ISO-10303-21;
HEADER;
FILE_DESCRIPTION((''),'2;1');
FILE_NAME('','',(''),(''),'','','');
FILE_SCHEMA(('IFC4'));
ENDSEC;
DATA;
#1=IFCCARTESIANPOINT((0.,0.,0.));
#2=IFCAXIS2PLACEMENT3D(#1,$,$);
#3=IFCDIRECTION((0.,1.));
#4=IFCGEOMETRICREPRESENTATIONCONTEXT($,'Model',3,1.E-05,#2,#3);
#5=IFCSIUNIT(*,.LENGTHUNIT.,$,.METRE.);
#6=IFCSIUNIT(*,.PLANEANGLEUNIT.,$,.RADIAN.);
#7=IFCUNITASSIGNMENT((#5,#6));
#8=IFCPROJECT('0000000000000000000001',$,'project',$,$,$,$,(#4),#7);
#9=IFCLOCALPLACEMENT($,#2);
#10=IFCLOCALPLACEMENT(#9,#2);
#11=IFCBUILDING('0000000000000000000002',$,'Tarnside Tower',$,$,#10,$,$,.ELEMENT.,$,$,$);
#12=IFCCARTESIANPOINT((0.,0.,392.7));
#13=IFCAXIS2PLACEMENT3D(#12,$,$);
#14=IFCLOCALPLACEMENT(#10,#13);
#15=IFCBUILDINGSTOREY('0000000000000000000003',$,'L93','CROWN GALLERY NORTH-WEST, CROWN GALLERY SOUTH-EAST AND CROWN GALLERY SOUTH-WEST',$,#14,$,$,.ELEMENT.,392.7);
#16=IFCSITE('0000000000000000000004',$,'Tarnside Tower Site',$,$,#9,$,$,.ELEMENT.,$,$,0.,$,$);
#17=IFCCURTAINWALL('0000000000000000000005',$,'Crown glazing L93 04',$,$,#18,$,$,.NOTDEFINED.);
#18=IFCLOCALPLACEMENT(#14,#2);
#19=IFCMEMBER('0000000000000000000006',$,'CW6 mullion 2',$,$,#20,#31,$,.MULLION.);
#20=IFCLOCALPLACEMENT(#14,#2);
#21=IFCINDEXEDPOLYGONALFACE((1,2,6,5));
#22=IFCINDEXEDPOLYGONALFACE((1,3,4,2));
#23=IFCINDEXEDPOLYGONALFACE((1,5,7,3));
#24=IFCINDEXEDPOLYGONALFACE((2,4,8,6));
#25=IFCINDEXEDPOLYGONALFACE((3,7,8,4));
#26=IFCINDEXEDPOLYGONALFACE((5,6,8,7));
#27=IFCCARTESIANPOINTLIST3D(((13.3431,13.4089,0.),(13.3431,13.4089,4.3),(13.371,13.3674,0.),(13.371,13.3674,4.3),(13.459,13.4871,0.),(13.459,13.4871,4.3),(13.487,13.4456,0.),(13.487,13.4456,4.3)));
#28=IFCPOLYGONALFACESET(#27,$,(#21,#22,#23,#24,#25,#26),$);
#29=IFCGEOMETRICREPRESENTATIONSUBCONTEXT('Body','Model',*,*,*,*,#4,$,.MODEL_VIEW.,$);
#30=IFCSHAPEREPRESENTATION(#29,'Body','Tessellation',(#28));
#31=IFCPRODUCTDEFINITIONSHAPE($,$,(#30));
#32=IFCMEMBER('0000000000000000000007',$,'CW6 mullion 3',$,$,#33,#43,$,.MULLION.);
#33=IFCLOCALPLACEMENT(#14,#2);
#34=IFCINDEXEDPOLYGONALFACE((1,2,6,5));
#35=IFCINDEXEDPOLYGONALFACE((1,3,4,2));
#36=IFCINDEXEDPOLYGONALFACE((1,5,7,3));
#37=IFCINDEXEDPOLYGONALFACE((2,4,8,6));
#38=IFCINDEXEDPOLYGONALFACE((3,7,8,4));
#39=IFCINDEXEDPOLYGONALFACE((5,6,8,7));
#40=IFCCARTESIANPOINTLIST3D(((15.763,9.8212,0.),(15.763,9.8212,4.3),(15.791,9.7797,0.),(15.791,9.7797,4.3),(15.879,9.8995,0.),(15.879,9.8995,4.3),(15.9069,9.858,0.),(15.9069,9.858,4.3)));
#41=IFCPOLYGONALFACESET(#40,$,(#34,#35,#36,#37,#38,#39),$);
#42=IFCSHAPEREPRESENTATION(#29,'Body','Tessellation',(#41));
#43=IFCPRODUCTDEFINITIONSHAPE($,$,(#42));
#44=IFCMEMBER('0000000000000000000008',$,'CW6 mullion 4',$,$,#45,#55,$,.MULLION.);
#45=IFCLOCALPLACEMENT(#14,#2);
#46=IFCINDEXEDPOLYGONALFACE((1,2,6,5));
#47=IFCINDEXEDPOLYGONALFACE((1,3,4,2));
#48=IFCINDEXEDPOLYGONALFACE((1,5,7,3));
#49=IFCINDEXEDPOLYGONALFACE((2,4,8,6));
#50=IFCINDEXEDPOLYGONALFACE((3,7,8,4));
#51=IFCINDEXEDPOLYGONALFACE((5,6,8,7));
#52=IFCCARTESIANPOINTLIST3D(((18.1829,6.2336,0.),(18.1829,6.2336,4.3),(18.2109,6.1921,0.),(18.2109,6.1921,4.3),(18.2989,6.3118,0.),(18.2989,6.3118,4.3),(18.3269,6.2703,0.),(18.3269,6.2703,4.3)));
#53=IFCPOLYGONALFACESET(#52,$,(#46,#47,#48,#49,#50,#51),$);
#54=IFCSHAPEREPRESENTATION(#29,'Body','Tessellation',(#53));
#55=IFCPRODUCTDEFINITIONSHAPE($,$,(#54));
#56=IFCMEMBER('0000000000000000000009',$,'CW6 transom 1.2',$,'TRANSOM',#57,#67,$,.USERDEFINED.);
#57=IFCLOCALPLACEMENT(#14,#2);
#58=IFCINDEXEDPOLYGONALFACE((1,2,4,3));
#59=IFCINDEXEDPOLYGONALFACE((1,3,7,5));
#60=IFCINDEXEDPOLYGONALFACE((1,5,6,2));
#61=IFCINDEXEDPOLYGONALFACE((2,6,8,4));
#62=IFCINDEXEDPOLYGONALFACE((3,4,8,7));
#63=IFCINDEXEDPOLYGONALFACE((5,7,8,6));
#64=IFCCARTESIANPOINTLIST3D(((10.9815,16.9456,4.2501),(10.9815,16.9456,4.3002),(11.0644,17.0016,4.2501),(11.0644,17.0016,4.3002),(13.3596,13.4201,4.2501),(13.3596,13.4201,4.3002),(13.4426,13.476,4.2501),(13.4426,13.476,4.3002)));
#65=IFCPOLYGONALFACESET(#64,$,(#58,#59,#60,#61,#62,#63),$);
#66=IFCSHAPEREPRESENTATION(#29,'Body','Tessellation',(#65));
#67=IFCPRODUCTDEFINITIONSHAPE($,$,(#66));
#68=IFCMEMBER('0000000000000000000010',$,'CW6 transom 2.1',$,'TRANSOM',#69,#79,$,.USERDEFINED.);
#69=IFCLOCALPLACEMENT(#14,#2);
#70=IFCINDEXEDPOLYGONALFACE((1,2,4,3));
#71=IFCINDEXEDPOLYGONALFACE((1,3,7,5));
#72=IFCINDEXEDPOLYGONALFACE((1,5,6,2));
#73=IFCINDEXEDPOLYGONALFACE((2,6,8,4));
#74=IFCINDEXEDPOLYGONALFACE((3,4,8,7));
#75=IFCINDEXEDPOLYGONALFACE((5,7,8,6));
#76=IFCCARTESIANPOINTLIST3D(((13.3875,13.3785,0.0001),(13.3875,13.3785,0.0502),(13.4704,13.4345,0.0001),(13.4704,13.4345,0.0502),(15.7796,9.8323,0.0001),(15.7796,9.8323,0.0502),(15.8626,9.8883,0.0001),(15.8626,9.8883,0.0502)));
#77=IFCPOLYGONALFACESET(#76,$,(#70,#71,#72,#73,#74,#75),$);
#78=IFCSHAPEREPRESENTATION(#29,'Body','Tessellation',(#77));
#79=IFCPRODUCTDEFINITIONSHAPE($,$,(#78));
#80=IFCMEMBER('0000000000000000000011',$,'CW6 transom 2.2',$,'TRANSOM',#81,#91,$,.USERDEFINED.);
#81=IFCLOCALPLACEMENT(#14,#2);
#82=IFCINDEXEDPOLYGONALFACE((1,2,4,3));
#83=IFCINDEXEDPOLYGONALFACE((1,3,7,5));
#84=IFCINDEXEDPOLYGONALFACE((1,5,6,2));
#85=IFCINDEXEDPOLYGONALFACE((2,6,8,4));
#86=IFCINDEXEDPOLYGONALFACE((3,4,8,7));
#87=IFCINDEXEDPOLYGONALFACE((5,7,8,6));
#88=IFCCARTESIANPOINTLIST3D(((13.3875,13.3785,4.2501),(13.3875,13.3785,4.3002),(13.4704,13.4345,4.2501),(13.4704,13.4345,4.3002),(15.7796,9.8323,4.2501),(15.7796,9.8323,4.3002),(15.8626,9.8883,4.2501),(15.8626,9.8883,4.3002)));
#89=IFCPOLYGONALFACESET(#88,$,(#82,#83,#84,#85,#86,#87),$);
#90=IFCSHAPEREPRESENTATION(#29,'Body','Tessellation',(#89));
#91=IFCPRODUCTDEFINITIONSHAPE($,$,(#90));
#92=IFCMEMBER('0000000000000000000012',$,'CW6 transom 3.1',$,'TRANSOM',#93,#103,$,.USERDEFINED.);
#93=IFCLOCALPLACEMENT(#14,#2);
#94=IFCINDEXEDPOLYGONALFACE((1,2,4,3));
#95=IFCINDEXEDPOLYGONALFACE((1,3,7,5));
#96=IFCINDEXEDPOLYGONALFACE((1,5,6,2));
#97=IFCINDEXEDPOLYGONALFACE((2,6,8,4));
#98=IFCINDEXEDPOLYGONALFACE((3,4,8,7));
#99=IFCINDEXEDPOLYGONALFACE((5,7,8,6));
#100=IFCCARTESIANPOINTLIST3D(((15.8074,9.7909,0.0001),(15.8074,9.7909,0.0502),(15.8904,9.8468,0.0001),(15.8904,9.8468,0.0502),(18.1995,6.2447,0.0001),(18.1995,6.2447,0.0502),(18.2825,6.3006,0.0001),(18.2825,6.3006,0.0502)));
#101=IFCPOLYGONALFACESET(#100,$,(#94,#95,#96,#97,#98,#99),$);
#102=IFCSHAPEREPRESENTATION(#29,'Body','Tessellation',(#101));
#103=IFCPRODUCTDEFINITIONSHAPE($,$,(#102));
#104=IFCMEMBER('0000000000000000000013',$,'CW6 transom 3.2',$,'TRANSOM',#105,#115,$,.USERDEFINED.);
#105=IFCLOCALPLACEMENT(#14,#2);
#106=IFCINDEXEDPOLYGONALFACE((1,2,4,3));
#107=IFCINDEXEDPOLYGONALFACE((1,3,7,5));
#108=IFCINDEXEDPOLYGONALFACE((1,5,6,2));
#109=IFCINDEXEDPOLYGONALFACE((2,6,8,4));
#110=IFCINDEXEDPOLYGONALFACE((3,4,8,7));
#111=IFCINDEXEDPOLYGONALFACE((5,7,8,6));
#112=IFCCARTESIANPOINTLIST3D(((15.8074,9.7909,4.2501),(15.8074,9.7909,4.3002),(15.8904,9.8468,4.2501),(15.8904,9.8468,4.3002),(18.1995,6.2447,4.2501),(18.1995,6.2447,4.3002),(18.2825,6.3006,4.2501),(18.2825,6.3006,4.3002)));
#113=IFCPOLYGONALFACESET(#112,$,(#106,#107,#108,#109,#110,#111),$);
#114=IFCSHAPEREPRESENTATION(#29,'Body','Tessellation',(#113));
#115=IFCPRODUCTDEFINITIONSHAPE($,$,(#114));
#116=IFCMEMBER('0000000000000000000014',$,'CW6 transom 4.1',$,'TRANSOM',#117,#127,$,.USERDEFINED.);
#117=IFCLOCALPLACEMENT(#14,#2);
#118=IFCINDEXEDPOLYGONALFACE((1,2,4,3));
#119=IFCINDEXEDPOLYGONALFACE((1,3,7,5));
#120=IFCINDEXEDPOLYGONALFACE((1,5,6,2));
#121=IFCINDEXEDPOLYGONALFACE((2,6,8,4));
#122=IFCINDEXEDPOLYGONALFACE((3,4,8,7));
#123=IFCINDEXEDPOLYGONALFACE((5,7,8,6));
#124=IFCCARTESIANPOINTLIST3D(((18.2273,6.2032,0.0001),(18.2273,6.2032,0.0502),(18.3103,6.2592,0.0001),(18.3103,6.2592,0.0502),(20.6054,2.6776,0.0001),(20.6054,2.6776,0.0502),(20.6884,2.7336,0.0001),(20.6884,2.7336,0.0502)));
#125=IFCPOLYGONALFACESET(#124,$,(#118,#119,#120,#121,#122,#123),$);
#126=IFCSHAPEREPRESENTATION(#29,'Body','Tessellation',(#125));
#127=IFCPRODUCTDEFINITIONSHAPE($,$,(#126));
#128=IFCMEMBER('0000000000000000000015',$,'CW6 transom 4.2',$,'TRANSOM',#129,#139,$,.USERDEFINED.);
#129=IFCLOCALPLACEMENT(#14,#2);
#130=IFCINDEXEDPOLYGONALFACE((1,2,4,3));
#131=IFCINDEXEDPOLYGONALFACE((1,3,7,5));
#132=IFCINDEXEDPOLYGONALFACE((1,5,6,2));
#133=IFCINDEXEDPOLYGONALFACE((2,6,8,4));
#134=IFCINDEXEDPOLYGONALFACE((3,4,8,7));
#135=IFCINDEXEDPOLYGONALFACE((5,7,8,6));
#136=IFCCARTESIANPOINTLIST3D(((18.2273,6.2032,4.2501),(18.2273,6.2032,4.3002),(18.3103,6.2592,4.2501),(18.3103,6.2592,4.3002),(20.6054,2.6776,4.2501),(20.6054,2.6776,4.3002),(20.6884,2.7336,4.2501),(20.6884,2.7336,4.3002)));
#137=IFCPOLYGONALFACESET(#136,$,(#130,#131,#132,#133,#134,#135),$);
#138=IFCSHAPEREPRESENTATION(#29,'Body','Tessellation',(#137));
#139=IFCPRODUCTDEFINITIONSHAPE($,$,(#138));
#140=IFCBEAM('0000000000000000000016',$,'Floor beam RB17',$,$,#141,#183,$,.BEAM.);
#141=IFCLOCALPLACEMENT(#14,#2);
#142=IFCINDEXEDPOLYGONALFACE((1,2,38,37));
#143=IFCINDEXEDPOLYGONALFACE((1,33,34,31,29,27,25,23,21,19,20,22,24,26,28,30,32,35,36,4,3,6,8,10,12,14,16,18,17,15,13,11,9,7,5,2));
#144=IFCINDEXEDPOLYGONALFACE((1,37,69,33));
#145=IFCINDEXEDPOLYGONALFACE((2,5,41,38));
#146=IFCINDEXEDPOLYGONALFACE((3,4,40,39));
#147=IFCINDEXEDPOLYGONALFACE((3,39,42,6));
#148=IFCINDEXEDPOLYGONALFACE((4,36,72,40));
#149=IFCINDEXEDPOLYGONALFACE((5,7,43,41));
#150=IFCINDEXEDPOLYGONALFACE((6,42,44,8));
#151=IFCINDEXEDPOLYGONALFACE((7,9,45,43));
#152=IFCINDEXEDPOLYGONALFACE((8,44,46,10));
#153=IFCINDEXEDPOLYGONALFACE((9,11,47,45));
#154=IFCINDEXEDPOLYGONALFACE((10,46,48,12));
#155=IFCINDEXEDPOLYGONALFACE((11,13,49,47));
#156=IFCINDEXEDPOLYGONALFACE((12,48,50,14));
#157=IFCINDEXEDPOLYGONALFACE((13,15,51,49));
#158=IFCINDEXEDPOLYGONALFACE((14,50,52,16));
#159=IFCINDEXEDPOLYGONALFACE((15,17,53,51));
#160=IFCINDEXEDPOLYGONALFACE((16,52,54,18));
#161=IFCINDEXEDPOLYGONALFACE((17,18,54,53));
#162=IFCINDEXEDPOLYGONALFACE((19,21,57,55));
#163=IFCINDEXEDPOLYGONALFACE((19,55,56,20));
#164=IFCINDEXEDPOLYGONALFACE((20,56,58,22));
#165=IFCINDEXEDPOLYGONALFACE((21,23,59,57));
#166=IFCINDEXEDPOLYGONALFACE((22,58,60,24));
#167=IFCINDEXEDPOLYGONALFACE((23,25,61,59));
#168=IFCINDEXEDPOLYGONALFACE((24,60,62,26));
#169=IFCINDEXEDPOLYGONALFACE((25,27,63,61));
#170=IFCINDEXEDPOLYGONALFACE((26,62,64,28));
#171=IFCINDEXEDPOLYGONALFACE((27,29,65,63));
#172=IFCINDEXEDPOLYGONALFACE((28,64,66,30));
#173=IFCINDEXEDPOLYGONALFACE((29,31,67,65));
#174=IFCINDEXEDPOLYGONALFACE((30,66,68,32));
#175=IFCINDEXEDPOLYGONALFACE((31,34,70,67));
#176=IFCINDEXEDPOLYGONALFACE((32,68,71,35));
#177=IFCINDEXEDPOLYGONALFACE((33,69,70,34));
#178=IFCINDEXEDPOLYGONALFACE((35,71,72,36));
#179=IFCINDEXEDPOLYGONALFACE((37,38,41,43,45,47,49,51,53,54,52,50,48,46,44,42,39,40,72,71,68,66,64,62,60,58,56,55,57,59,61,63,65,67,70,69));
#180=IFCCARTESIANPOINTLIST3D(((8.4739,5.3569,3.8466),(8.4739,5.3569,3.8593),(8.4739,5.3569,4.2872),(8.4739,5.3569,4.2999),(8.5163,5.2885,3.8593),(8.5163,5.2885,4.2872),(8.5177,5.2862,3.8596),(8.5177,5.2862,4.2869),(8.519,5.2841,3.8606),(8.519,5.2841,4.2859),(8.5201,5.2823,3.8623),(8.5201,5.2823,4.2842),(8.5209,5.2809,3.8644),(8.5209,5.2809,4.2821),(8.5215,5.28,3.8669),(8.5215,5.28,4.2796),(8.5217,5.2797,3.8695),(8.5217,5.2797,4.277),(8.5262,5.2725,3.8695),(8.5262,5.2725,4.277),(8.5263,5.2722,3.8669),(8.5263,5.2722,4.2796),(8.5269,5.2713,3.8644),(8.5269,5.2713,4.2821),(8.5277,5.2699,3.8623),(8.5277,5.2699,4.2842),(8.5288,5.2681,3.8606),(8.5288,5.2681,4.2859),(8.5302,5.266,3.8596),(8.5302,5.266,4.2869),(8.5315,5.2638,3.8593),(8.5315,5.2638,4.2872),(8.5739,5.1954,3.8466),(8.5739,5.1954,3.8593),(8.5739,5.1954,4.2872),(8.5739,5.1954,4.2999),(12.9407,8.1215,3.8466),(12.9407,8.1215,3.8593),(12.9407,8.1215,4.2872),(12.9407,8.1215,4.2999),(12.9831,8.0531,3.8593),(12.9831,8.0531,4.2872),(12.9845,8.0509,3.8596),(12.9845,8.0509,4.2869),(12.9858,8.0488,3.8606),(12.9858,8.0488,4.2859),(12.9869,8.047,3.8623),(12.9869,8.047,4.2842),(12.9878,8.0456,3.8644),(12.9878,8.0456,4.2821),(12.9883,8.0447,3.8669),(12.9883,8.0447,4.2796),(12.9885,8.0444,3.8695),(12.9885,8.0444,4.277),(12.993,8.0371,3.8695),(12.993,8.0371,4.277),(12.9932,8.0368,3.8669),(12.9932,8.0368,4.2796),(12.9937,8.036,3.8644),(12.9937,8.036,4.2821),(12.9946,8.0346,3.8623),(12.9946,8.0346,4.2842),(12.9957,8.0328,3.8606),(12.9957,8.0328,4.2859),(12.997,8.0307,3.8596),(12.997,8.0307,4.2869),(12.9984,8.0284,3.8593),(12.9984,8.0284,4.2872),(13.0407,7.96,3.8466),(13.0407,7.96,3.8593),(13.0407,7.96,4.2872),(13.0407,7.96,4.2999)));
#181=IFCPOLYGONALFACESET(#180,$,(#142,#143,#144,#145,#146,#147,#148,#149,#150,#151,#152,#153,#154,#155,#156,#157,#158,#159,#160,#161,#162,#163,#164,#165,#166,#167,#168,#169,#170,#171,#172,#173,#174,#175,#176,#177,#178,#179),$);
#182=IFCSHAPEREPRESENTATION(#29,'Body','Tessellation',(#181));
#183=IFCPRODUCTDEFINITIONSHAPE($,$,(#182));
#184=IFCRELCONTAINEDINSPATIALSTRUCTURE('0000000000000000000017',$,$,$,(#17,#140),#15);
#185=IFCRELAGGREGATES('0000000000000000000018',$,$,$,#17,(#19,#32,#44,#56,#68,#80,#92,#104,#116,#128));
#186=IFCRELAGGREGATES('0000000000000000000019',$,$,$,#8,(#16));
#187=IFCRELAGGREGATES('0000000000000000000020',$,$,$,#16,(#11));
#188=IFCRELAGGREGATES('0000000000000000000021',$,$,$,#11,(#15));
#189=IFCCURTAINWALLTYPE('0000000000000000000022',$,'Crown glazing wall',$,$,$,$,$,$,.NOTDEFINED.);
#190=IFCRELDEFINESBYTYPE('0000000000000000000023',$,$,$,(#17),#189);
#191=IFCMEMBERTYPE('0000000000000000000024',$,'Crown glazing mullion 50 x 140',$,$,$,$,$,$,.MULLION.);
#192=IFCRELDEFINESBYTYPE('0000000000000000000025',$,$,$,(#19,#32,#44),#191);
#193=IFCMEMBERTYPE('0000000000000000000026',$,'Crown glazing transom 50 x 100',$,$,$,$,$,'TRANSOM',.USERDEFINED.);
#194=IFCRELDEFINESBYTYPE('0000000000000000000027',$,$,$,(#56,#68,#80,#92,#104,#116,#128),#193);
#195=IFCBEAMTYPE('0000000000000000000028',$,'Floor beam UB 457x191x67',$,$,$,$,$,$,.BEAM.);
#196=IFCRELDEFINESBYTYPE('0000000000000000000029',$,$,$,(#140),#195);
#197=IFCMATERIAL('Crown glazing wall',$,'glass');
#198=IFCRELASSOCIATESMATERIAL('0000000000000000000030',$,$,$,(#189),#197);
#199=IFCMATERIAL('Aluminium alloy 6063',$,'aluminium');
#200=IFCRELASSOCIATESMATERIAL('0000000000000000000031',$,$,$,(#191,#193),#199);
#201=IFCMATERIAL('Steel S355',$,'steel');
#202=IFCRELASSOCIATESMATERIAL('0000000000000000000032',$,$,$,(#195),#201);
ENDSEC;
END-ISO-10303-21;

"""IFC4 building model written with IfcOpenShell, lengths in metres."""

from ifc_helpers import new_model, si_unit, direction, frame, origin, origin_2d, place, context, subcontext, project, spatial, rectangle, i_section, extrude, material, material_profile, profile_set, type_object, element, aggregate, save


model = new_model("IFC4")

# Units and contexts
model_context = context("Model", 3, precision=1e-05, world=origin(), true_north=direction((0.0, 1.0)))
body_context = subcontext(model_context, "Body", "Model", "MODEL_VIEW")
ifc_project = project(units=[si_unit("LENGTHUNIT", "METRE"), si_unit("PLANEANGLEUNIT", "RADIAN")], contexts=[model_context])

# Site, building, storey
site_placement = place(None, origin())
site = spatial("IfcSite", under=ifc_project, at=site_placement, Name="Tarnside Tower Site", CompositionType="ELEMENT", RefElevation=0.0)
building_placement = place(site_placement, origin())
building = spatial("IfcBuilding", under=site, at=building_placement, Name="Tarnside Tower", CompositionType="ELEMENT")
storey_placement = place(building_placement, frame((0.0, 0.0, 392.7)))
storey = spatial("IfcBuildingStorey", under=building, at=storey_placement, Name="L93", Description="CROWN GALLERY NORTH-WEST, CROWN GALLERY SOUTH-EAST AND CROWN GALLERY SOUTH-WEST", CompositionType="ELEMENT", Elevation=392.7)

# Curtain wall, members
ifc_material_1 = material(Name="Crown glazing wall", Category="glass")
curtain_wall_type = type_object("IfcCurtainWallType", Name="Crown glazing wall", PredefinedType="NOTDEFINED", material=ifc_material_1)
curtain_wall_placement = place(storey_placement, origin())
curtain_wall = element("IfcCurtainWall", 1, at=curtain_wall_placement, inside=storey, type_object=curtain_wall_type, Name="Crown glazing L93 04", PredefinedType="NOTDEFINED")
ifc_material_2 = material(Name="Aluminium alloy 6063", Category="aluminium")
ifc_material_profile_1 = material_profile(ifc_material_2, rectangle(XDim=0.1399, YDim=0.05, at=origin_2d()), Name="Crown glazing mullion 50 x 140")
ifc_profile_set_1 = profile_set([ifc_material_profile_1], Name="Aluminium alloy 6063")
member_type_1 = type_object("IfcMemberType", Name="Crown glazing mullion 50 x 140", PredefinedType="MULLION", material=ifc_profile_set_1)
member_1_placement = place(storey_placement, frame((13.415, 13.4272, 0.0), z_axis=(0.0, 0.0, 1.0), x_axis=(0.829038, 0.559193, 0.0)))
member_1 = element("IfcMember", 2, at=member_1_placement, type_object=member_type_1, Name="CW6 mullion 2", PredefinedType="MULLION", context=body_context, shape_type="SweptSolid", body=[
    extrude(rectangle(XDim=0.1399, YDim=0.05, at=origin_2d()), origin(), (0.0, 0.0, 1.0), 4.3),
])
member_2_placement = place(storey_placement, frame((15.835, 9.8396, 0.0), z_axis=(0.0, 0.0, 1.0), x_axis=(0.829038, 0.559193, 0.0)))
member_2 = element("IfcMember", 3, at=member_2_placement, type_object=member_type_1, Name="CW6 mullion 3", PredefinedType="MULLION", context=body_context, shape_type="SweptSolid", body=[
    extrude(rectangle(XDim=0.1399, YDim=0.05, at=origin_2d()), origin(), (0.0, 0.0, 1.0), 4.3),
])
member_3_placement = place(storey_placement, frame((18.2549, 6.252, 0.0), z_axis=(0.0, 0.0, 1.0), x_axis=(0.829038, 0.559193, 0.0)))
member_3 = element("IfcMember", 4, at=member_3_placement, type_object=member_type_1, Name="CW6 mullion 4", PredefinedType="MULLION", context=body_context, shape_type="SweptSolid", body=[
    extrude(rectangle(XDim=0.1399, YDim=0.05, at=origin_2d()), origin(), (0.0, 0.0, 1.0), 4.3),
])
ifc_material_profile_2 = material_profile(ifc_material_2, rectangle(XDim=0.1001, YDim=0.05, at=origin_2d()), Name="Crown glazing transom 50 x 100")
ifc_profile_set_2 = profile_set([ifc_material_profile_2], Name="Aluminium alloy 6063")
member_type_2 = type_object("IfcMemberType", Name="Crown glazing transom 50 x 100", ElementType="TRANSOM", PredefinedType="USERDEFINED", material=ifc_profile_set_2)
member_4_placement = place(storey_placement, frame((11.0229, 16.9736, 4.2751), z_axis=(0.55921, -0.829026, 0.0), x_axis=(0.829026, 0.55921, 0.0)))
member_4 = element("IfcMember", 5, at=member_4_placement, type_object=member_type_2, Name="CW6 transom 1.2", ObjectType="TRANSOM", PredefinedType="USERDEFINED", context=body_context, shape_type="SweptSolid", body=[
    extrude(rectangle(XDim=0.1001, YDim=0.05, at=origin_2d()), origin(), (0.0, 0.0, 1.0), 4.2527),
])
member_5_placement = place(storey_placement, frame((13.429, 13.4065, 0.0251), z_axis=(0.559223, -0.829017, 0.0), x_axis=(0.829017, 0.559223, 0.0)))
member_5 = element("IfcMember", 6, at=member_5_placement, type_object=member_type_2, Name="CW6 transom 2.1", ObjectType="TRANSOM", PredefinedType="USERDEFINED", context=body_context, shape_type="SweptSolid", body=[
    extrude(rectangle(XDim=0.1001, YDim=0.05, at=origin_2d()), origin(), (0.0, 0.0, 1.0), 4.2776),
])
member_6_placement = place(storey_placement, frame((13.429, 13.4065, 4.2751), z_axis=(0.559223, -0.829017, 0.0), x_axis=(0.829017, 0.559223, 0.0)))
member_6 = element("IfcMember", 7, at=member_6_placement, type_object=member_type_2, Name="CW6 transom 2.2", ObjectType="TRANSOM", PredefinedType="USERDEFINED", context=body_context, shape_type="SweptSolid", body=[
    extrude(rectangle(XDim=0.1001, YDim=0.05, at=origin_2d()), origin(), (0.0, 0.0, 1.0), 4.2776),
])
member_7_placement = place(storey_placement, frame((15.8489, 9.8188, 0.0251), z_axis=(0.559223, -0.829017, 0.0), x_axis=(0.829017, 0.559223, 0.0)))
member_7 = element("IfcMember", 8, at=member_7_placement, type_object=member_type_2, Name="CW6 transom 3.1", ObjectType="TRANSOM", PredefinedType="USERDEFINED", context=body_context, shape_type="SweptSolid", body=[
    extrude(rectangle(XDim=0.1001, YDim=0.05, at=origin_2d()), origin(), (0.0, 0.0, 1.0), 4.2776),
])
member_8_placement = place(storey_placement, frame((15.8489, 9.8188, 4.2751), z_axis=(0.559223, -0.829017, 0.0), x_axis=(0.829017, 0.559223, 0.0)))
member_8 = element("IfcMember", 9, at=member_8_placement, type_object=member_type_2, Name="CW6 transom 3.2", ObjectType="TRANSOM", PredefinedType="USERDEFINED", context=body_context, shape_type="SweptSolid", body=[
    extrude(rectangle(XDim=0.1001, YDim=0.05, at=origin_2d()), origin(), (0.0, 0.0, 1.0), 4.2776),
])
member_9_placement = place(storey_placement, frame((18.2688, 6.2312, 0.0251), z_axis=(0.55921, -0.829026, 0.0), x_axis=(0.829026, 0.55921, 0.0)))
member_9 = element("IfcMember", 10, at=member_9_placement, type_object=member_type_2, Name="CW6 transom 4.1", ObjectType="TRANSOM", PredefinedType="USERDEFINED", context=body_context, shape_type="SweptSolid", body=[
    extrude(rectangle(XDim=0.1001, YDim=0.05, at=origin_2d()), origin(), (0.0, 0.0, 1.0), 4.2527),
])
member_10_placement = place(storey_placement, frame((18.2688, 6.2312, 4.2751), z_axis=(0.55921, -0.829026, 0.0), x_axis=(0.829026, 0.55921, 0.0)))
member_10 = element("IfcMember", 11, at=member_10_placement, type_object=member_type_2, Name="CW6 transom 4.2", ObjectType="TRANSOM", PredefinedType="USERDEFINED", context=body_context, shape_type="SweptSolid", body=[
    extrude(rectangle(XDim=0.1001, YDim=0.05, at=origin_2d()), origin(), (0.0, 0.0, 1.0), 4.2527),
])

# Beam
ifc_material_3 = material(Name="Steel S355", Category="steel")
ifc_material_profile_3 = material_profile(ifc_material_3, i_section(OverallWidth=0.1899, OverallDepth=0.4534, WebThickness=0.0085, FlangeThickness=0.0127, FilletRadius=0.0103, at=origin_2d()), Name="UB 457x191x67")
ifc_profile_set_3 = profile_set([ifc_material_profile_3], Name="Steel S355")
beam_type_1 = type_object("IfcBeamType", Name="Floor beam UB 457x191x67", PredefinedType="BEAM", material=ifc_profile_set_3)
beam_placement = place(storey_placement, frame((12.9907, 8.0408, 4.0732), z_axis=(-0.850309, -0.526284, 0.0), x_axis=(0.526284, -0.850309, 0.0)))
element("IfcBeam", 12, at=beam_placement, inside=storey, type_object=beam_type_1, Name="Floor beam RB17", PredefinedType="BEAM", context=body_context, shape_type="SweptSolid", body=[
    extrude(i_section(OverallWidth=0.1899, OverallDepth=0.4534, WebThickness=0.0085, FlangeThickness=0.0127, FilletRadius=0.0103, at=origin_2d()), origin(), (0.0, 0.0, 1.0), 5.2532),
])

aggregate(curtain_wall, [member_1, member_2, member_3, member_4, member_5, member_6, member_7, member_8, member_9, member_10])

save(model, "model.ifc")
